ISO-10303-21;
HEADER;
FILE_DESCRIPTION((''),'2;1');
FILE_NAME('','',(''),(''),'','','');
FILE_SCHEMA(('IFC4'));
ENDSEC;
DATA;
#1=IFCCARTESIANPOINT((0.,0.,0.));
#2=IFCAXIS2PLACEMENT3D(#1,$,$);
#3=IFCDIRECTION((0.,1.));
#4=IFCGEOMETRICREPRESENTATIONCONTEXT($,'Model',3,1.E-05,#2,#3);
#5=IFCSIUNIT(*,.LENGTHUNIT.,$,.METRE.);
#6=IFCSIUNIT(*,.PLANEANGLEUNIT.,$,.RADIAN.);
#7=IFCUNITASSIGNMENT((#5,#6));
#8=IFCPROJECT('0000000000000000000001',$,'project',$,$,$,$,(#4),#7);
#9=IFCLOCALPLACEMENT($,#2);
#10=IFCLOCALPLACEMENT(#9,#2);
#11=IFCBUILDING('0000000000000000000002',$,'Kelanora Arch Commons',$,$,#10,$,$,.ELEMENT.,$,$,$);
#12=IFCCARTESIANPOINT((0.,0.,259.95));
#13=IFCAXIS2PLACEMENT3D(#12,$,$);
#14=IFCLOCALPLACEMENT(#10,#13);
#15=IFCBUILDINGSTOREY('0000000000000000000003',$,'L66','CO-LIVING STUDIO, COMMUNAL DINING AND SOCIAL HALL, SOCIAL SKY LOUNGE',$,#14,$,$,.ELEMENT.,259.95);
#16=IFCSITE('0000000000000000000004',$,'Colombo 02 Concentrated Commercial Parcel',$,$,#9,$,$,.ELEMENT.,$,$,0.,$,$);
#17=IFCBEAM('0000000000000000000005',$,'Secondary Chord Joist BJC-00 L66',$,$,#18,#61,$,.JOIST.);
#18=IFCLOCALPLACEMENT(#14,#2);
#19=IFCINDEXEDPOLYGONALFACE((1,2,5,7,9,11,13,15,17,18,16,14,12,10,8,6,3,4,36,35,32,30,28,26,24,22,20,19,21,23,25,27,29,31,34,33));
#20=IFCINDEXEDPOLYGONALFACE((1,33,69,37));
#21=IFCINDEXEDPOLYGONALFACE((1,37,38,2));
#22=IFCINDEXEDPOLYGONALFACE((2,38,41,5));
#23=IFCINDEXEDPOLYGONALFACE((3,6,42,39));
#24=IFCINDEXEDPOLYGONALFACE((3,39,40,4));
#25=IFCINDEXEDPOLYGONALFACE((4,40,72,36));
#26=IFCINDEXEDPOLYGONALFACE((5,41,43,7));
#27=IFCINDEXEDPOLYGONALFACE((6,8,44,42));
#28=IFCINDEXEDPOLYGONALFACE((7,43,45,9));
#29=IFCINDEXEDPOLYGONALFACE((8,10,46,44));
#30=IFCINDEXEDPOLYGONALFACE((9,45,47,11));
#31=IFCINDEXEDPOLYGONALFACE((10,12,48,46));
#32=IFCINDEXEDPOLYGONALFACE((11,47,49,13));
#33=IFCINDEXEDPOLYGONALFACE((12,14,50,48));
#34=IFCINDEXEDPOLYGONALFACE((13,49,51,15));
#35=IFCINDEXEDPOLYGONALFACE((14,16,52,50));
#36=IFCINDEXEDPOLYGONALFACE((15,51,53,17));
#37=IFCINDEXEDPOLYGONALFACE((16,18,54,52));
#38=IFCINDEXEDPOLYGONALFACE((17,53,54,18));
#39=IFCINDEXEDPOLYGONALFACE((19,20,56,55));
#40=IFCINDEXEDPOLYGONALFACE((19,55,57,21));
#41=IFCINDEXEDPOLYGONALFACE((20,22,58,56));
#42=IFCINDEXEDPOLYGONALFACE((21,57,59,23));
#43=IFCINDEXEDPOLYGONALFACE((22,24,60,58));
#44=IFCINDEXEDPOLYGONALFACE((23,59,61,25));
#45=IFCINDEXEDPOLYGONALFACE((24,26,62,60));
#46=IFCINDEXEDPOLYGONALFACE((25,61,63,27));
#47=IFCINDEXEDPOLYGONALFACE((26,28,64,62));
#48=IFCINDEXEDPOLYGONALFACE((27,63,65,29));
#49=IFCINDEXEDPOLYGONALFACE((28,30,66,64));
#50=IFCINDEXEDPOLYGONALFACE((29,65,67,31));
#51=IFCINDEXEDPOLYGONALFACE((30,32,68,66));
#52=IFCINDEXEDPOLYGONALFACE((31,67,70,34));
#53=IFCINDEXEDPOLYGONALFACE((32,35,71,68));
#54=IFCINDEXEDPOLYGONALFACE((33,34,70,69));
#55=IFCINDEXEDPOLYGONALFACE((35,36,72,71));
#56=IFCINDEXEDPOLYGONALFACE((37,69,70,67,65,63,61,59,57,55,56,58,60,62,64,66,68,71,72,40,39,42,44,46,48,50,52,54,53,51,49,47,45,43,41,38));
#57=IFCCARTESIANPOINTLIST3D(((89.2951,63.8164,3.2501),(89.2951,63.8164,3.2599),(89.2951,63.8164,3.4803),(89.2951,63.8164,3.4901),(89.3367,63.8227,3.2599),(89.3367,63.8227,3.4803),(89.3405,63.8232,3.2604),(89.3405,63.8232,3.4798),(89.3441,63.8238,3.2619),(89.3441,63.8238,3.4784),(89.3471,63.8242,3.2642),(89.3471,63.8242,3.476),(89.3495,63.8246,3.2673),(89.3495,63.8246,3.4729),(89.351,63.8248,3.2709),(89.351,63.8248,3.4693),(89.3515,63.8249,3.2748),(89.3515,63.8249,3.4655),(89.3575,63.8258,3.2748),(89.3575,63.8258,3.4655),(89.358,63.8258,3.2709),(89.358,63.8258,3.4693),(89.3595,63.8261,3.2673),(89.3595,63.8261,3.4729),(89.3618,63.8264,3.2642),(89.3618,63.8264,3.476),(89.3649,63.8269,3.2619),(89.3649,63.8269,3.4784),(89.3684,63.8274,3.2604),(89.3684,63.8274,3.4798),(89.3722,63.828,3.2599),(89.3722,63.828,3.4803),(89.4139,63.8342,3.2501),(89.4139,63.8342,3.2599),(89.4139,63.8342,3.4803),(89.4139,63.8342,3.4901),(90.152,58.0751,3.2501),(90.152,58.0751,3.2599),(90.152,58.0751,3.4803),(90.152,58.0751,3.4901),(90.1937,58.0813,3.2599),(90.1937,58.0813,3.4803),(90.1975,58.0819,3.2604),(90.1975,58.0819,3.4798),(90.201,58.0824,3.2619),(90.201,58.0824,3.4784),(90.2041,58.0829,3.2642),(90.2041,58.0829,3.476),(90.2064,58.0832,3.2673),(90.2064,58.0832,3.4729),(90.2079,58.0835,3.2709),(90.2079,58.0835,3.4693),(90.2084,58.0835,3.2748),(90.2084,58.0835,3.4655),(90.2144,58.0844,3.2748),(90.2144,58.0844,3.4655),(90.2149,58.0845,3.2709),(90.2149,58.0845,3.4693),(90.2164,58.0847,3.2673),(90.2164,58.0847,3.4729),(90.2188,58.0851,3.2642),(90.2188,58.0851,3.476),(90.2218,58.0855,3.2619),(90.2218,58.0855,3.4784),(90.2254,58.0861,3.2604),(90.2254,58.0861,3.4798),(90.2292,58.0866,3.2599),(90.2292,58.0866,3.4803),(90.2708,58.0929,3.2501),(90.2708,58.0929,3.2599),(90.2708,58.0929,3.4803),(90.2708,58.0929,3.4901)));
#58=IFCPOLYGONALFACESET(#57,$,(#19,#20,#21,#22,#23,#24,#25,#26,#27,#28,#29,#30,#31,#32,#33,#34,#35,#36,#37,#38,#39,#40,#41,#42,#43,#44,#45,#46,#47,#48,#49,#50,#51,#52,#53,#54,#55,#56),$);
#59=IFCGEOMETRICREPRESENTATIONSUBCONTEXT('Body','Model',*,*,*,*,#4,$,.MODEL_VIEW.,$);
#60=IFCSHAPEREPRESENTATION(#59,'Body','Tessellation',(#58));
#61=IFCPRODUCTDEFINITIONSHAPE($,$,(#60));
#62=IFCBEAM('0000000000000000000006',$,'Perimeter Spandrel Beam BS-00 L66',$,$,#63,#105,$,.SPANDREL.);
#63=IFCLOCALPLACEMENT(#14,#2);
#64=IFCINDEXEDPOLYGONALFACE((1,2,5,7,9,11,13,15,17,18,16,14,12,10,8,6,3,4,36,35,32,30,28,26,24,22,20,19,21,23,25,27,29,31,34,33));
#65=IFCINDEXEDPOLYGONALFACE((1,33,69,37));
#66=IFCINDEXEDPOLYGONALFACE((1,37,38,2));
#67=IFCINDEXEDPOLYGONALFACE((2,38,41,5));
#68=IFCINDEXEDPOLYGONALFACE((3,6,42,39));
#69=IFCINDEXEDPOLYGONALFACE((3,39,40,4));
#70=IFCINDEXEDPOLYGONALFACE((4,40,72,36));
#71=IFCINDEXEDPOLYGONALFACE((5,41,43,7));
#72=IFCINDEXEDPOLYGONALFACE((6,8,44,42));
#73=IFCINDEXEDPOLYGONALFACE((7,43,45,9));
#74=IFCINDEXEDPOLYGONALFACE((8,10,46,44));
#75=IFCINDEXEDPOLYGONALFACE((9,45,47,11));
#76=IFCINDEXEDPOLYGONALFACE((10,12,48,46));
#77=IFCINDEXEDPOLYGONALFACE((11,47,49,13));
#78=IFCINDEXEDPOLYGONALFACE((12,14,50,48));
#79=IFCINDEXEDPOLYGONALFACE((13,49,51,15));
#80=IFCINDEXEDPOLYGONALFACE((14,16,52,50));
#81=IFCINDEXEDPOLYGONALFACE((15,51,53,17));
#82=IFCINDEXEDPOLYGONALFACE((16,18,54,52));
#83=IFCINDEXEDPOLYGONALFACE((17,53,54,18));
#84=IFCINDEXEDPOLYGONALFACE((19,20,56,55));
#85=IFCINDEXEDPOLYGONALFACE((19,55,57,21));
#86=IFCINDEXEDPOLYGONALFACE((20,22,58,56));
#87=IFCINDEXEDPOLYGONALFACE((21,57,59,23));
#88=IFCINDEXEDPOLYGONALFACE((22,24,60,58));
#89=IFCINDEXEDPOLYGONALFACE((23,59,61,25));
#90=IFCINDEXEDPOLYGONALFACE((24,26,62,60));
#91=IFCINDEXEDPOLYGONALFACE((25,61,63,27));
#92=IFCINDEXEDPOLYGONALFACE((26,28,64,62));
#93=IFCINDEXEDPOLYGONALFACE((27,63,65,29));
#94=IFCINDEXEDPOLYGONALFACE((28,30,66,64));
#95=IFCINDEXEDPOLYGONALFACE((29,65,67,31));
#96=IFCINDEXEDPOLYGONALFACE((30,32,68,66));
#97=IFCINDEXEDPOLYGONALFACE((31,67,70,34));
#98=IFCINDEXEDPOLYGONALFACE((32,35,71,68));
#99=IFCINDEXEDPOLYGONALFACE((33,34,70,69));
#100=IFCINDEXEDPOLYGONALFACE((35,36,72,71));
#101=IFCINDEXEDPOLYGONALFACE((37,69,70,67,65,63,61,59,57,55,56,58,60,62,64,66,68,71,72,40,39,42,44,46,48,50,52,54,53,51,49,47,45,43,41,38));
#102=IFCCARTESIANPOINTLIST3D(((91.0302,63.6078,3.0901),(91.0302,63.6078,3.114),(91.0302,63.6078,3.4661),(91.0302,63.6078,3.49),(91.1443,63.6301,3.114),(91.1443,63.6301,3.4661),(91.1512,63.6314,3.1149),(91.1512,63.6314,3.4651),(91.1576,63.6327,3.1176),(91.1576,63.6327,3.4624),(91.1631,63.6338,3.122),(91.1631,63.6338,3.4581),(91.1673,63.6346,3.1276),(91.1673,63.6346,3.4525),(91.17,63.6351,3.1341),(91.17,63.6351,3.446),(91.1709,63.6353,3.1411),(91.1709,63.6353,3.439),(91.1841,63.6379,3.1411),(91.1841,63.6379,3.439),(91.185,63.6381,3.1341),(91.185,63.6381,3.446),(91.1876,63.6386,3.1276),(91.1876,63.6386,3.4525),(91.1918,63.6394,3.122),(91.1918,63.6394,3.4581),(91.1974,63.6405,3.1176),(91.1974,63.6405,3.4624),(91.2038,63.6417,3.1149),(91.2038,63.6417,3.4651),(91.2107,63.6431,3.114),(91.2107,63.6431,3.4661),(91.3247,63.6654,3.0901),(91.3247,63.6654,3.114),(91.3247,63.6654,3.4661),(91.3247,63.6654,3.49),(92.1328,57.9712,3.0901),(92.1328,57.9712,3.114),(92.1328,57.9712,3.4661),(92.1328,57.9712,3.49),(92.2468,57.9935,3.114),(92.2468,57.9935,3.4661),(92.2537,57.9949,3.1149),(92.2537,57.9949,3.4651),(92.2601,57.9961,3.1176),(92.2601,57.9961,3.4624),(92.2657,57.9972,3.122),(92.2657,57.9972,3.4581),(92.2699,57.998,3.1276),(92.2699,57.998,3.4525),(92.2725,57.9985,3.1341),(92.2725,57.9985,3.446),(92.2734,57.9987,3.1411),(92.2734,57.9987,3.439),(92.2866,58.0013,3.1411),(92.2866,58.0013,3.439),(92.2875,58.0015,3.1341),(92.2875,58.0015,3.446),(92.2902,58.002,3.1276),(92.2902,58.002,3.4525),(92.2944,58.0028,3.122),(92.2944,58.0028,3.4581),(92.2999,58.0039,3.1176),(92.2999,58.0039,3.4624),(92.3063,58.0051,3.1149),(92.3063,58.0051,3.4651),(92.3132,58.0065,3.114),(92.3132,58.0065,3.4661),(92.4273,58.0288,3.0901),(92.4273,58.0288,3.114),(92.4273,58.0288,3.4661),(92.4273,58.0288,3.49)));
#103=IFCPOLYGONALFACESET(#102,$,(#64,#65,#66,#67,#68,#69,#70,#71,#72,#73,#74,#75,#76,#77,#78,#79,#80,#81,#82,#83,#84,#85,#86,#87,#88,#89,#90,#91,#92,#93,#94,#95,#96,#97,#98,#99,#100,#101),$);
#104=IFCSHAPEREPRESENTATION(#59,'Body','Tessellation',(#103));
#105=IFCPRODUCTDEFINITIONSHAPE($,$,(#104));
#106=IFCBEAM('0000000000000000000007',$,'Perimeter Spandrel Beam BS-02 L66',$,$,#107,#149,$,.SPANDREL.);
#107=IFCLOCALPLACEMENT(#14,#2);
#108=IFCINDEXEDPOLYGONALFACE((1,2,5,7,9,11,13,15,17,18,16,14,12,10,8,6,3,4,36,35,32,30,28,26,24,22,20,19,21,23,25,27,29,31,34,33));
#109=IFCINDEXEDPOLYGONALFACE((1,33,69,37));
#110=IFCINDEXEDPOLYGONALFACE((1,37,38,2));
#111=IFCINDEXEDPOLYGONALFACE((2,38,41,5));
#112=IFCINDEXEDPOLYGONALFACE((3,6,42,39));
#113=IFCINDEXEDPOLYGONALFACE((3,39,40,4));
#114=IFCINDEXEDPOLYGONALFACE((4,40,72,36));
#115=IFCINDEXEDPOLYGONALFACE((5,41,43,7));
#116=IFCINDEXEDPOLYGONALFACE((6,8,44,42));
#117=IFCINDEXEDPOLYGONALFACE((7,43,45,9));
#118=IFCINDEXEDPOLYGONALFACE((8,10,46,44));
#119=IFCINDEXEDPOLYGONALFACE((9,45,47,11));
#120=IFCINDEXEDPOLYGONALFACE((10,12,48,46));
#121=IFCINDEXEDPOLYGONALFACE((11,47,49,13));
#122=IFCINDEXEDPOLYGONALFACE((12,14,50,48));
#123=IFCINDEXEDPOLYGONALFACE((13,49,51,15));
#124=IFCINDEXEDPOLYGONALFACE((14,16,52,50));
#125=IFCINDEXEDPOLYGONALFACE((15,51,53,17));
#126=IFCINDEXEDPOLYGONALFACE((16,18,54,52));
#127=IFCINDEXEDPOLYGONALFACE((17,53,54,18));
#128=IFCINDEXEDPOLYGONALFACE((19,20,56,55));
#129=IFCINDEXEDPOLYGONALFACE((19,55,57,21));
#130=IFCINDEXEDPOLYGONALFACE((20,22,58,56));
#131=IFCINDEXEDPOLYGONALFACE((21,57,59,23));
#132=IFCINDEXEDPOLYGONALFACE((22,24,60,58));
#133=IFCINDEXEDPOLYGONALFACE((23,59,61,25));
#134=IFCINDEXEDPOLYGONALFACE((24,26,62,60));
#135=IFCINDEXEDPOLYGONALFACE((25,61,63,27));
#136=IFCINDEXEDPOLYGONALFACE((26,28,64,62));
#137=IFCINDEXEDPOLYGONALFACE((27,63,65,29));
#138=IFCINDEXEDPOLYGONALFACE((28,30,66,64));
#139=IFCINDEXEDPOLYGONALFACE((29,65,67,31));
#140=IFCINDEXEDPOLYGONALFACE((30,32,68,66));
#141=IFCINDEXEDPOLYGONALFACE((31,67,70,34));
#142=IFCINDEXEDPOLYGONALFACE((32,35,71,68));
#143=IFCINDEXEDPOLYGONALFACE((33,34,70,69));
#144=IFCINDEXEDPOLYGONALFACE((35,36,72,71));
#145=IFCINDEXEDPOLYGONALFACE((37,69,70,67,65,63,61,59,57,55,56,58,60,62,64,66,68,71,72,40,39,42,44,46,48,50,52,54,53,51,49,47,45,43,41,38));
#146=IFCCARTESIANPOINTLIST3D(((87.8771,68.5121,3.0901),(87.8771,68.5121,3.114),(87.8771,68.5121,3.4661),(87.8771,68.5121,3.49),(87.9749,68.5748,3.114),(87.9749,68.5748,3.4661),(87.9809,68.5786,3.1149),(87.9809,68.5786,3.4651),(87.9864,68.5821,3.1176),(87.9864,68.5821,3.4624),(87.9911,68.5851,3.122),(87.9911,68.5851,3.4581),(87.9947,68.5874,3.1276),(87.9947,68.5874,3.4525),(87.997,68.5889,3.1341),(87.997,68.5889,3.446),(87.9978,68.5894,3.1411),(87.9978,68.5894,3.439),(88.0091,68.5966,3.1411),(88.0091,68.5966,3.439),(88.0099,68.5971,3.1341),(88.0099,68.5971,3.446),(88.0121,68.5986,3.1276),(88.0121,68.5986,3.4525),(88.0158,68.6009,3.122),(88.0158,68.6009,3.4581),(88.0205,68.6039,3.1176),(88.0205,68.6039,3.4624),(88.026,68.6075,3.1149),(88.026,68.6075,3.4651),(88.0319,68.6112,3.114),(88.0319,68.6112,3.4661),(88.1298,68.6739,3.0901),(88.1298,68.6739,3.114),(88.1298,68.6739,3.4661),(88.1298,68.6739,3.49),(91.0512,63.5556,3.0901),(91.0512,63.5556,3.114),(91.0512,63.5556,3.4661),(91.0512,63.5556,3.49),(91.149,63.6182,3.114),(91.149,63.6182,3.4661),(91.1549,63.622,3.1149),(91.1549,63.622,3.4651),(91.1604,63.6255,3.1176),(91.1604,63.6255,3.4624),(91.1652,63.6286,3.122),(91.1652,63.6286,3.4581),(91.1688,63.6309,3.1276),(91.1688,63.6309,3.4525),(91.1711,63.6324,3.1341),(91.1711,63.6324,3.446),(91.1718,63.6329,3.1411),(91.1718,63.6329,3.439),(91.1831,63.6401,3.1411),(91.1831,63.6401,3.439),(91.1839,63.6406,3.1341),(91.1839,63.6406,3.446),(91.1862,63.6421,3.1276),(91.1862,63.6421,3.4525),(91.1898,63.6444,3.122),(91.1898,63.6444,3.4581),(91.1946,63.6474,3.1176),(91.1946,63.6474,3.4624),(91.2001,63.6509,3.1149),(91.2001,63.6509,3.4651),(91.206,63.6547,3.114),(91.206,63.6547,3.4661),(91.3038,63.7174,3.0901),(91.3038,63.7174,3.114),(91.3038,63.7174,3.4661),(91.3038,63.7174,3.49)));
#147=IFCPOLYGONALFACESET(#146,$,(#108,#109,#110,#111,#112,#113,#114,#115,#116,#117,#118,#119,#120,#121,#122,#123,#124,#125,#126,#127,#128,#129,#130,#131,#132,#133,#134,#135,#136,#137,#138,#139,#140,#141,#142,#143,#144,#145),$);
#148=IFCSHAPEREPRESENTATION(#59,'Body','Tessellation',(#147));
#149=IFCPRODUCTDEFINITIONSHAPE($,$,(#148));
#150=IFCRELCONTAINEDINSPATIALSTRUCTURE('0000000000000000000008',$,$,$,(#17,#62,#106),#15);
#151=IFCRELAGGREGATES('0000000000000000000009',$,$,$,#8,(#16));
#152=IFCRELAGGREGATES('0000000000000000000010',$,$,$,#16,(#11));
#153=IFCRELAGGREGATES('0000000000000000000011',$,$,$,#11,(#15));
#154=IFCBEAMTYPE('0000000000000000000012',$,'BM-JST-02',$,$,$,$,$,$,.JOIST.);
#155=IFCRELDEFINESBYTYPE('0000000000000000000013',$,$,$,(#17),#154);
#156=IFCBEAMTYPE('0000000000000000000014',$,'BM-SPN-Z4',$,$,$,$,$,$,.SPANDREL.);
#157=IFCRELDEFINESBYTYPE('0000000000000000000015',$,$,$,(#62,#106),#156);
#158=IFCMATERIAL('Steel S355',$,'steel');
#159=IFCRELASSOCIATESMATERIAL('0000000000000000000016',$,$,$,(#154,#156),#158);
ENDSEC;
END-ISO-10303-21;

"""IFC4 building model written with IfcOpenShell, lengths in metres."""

from ifc_helpers import new_model, si_unit, direction, frame, origin, origin_2d, place, context, subcontext, project, spatial, i_section, extrude, material, material_profile, profile_set, type_object, element, save


model = new_model("IFC4")

# Units and contexts
model_context = context("Model", 3, precision=1e-05, world=origin(), true_north=direction((0.0, 1.0)))
body_context = subcontext(model_context, "Body", "Model", "MODEL_VIEW")
ifc_project = project(units=[si_unit("LENGTHUNIT", "METRE"), si_unit("PLANEANGLEUNIT", "RADIAN")], contexts=[model_context])

# Site, building, storey
site_placement = place(None, origin())
site = spatial("IfcSite", under=ifc_project, at=site_placement, Name="Colombo 02 Concentrated Commercial Parcel", CompositionType="ELEMENT", RefElevation=0.0)
building_placement = place(site_placement, origin())
building = spatial("IfcBuilding", under=site, at=building_placement, Name="Kelanora Arch Commons", CompositionType="ELEMENT")
storey_placement = place(building_placement, frame((0.0, 0.0, 259.95)))
storey = spatial("IfcBuildingStorey", under=building, at=storey_placement, Name="L66", Description="CO-LIVING STUDIO, COMMUNAL DINING AND SOCIAL HALL, SOCIAL SKY LOUNGE", CompositionType="ELEMENT", Elevation=259.95)

# Beams
ifc_material_1 = material(Name="Steel S355", Category="steel")
ifc_material_profile_1 = material_profile(ifc_material_1, i_section(OverallWidth=0.1201, OverallDepth=0.24, WebThickness=0.0061, FlangeThickness=0.0098, FilletRadius=0.0149, at=origin_2d()), Name="IPE240")
ifc_profile_set_1 = profile_set([ifc_material_profile_1], Name="Steel S355")
beam_type_1 = type_object("IfcBeamType", Name="BM-JST-02", PredefinedType="JOIST", material=ifc_profile_set_1)
beam_1_placement = place(storey_placement, frame((90.2114, 58.084, 3.3701), z_axis=(-0.147625, 0.989043, 0.0), x_axis=(-0.989043, -0.147625, 0.0)))
element("IfcBeam", 1, at=beam_1_placement, inside=storey, type_object=beam_type_1, Name="Secondary Chord Joist BJC-00 L66", PredefinedType="JOIST", context=body_context, shape_type="SweptSolid", body=[
    extrude(i_section(OverallWidth=0.1201, OverallDepth=0.24, WebThickness=0.0061, FlangeThickness=0.0098, FilletRadius=0.0149, at=origin_2d()), origin(), (0.0, 0.0, 1.0), 5.8049),
])
ifc_material_profile_2 = material_profile(ifc_material_1, i_section(OverallWidth=0.3, OverallDepth=0.3999, WebThickness=0.0134, FlangeThickness=0.0239, FilletRadius=0.0271, at=origin_2d()), Name="HEB400")
ifc_profile_set_2 = profile_set([ifc_material_profile_2], Name="Steel S355")
beam_type_2 = type_object("IfcBeamType", Name="BM-SPN-Z4", PredefinedType="SPANDREL", material=ifc_profile_set_2)
beam_2_placement = place(storey_placement, frame((92.28, 58.0, 3.29), z_axis=(-0.19197, 0.981401, 0.0), x_axis=(-0.981401, -0.19197, 0.0)))
element("IfcBeam", 2, at=beam_2_placement, inside=storey, type_object=beam_type_2, Name="Perimeter Spandrel Beam BS-00 L66", PredefinedType="SPANDREL", context=body_context, shape_type="SweptSolid", body=[
    extrude(i_section(OverallWidth=0.3, OverallDepth=0.3999, WebThickness=0.0134, FlangeThickness=0.0239, FilletRadius=0.0271, at=origin_2d()), origin(), (0.0, 0.0, 1.0), 5.7434),
])
beam_3_placement = place(storey_placement, frame((91.1775, 63.6365, 3.29), z_axis=(-0.539281, 0.842126, 0.0), x_axis=(-0.842126, -0.539281, 0.0)))
element("IfcBeam", 3, at=beam_3_placement, inside=storey, type_object=beam_type_2, Name="Perimeter Spandrel Beam BS-02 L66", PredefinedType="SPANDREL", context=body_context, shape_type="SweptSolid", body=[
    extrude(i_section(OverallWidth=0.3, OverallDepth=0.3999, WebThickness=0.0134, FlangeThickness=0.0239, FilletRadius=0.0271, at=origin_2d()), origin(), (0.0, 0.0, 1.0), 5.8857),
])

save(model, "model.ifc")
